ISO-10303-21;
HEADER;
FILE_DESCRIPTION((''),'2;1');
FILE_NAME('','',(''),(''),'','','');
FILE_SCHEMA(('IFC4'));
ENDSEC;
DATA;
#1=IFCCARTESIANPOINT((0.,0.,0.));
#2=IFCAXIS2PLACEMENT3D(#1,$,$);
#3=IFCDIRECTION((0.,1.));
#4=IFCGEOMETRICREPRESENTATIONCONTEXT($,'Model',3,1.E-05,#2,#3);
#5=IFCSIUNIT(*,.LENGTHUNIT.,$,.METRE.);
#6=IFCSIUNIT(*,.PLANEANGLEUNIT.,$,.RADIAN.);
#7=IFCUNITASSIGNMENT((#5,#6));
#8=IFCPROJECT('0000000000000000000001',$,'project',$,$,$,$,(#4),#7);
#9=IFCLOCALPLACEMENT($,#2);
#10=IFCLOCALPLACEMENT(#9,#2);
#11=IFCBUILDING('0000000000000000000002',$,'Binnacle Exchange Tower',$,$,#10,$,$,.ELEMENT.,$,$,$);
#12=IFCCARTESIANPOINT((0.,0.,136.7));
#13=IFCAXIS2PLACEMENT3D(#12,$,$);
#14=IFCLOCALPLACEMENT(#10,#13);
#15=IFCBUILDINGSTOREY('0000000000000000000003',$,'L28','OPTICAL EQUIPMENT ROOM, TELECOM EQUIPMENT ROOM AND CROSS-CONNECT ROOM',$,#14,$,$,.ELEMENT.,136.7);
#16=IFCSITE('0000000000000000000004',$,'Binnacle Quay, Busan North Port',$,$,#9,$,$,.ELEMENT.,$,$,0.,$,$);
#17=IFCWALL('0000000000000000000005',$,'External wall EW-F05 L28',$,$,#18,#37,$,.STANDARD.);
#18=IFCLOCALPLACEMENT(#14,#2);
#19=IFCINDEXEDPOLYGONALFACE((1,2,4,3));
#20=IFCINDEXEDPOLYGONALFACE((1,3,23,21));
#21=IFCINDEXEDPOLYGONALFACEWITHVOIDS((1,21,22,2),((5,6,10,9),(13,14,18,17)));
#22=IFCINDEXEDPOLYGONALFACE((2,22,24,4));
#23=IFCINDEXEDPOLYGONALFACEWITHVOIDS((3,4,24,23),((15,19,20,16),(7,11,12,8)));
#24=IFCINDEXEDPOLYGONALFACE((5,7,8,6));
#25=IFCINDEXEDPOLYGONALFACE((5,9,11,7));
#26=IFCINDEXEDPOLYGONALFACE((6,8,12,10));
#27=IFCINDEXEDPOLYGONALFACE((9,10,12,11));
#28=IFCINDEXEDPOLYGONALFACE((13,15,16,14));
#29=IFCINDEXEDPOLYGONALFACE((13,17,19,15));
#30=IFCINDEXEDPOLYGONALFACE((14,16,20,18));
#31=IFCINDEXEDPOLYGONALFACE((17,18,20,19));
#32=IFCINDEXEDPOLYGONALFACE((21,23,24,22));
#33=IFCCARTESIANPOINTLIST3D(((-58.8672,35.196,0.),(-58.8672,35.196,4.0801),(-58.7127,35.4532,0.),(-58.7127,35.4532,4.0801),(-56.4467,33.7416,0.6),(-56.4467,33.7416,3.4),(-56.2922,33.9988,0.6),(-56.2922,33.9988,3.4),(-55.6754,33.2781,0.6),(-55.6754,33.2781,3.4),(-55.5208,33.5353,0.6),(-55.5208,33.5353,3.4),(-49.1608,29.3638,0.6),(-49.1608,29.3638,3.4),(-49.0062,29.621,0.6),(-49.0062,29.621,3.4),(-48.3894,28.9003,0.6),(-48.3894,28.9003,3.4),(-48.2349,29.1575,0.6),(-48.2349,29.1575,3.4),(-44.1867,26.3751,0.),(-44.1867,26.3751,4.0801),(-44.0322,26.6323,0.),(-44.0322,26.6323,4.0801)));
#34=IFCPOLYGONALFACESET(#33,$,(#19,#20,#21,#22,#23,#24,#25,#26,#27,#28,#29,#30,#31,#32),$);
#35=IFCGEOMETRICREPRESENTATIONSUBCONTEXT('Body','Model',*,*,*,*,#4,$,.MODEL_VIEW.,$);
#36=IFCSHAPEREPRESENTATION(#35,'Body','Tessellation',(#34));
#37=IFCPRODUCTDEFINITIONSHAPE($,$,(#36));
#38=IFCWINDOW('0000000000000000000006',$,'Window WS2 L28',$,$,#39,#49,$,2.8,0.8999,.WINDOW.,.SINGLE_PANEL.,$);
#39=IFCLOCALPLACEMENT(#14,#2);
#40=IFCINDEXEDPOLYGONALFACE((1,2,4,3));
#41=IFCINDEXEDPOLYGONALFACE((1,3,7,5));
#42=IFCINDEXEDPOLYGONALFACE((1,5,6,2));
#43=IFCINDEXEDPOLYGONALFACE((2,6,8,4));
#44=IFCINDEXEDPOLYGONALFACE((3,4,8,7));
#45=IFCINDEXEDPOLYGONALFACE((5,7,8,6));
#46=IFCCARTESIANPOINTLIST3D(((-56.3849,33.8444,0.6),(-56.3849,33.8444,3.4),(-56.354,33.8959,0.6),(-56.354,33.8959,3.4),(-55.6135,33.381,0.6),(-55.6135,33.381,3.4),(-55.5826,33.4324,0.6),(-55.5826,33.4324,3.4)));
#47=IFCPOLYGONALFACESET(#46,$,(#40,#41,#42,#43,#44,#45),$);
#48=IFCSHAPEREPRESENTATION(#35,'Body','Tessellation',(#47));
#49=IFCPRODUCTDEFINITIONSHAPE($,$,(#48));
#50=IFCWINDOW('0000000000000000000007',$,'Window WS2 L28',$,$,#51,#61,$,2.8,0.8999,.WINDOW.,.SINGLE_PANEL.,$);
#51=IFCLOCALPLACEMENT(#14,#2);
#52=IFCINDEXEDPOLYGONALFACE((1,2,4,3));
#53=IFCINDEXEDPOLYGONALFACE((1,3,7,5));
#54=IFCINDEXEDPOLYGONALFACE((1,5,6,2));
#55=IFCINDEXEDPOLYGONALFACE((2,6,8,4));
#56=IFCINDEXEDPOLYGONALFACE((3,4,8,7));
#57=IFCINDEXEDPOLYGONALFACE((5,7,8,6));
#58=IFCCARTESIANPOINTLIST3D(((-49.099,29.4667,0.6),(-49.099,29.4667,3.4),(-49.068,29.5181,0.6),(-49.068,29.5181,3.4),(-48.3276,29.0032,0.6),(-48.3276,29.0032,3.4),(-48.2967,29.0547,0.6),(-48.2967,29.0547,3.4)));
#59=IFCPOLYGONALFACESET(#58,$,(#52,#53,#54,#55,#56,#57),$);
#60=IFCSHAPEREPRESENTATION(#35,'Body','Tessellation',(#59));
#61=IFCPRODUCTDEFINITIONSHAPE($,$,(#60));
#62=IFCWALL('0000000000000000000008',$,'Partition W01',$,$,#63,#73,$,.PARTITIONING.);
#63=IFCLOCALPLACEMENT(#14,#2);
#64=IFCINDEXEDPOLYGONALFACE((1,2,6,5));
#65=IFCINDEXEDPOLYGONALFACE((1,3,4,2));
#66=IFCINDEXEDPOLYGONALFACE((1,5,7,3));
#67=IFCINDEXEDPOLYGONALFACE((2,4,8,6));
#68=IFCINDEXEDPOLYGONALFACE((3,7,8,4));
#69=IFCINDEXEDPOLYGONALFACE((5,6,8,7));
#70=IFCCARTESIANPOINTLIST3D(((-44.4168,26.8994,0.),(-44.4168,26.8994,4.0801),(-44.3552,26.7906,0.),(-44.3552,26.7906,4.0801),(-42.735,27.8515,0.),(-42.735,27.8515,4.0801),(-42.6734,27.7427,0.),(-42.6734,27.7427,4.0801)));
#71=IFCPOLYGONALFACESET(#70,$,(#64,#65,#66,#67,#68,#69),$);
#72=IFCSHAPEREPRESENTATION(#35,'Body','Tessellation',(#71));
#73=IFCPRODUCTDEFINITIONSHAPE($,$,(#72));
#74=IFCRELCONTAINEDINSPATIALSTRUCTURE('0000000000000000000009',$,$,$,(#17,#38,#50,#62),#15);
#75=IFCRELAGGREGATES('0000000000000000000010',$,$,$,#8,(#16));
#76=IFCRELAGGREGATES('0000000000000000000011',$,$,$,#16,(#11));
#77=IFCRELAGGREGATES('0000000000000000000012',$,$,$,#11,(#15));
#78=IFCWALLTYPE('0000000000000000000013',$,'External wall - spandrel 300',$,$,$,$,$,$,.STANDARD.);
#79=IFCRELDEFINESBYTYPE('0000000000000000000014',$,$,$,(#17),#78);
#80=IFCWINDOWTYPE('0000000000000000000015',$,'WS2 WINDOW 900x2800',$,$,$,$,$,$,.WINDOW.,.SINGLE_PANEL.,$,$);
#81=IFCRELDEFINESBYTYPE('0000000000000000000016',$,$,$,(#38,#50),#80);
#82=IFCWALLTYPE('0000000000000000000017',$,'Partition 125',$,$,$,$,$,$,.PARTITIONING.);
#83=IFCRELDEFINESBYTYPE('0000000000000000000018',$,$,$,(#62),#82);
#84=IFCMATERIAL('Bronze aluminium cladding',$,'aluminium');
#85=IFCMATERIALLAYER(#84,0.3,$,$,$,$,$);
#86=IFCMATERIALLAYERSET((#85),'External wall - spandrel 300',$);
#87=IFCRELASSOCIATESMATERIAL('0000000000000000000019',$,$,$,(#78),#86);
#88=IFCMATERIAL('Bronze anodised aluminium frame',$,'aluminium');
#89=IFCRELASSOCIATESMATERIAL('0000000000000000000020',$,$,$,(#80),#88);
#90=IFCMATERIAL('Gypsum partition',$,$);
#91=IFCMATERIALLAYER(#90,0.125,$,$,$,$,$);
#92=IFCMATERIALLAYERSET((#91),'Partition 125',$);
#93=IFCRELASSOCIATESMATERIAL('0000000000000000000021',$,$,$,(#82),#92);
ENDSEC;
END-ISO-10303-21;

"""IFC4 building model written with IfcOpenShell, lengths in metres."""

from ifc_helpers import new_model, si_unit, direction, frame, frame_2d, origin, place, context, subcontext, project, spatial, rectangle, extrude, material, layer, layer_set, type_object, element, fill, save


model = new_model("IFC4")

# Units and contexts
model_context = context("Model", 3, precision=1e-05, world=origin(), true_north=direction((0.0, 1.0)))
body_context = subcontext(model_context, "Body", "Model", "MODEL_VIEW")
ifc_project = project(units=[si_unit("LENGTHUNIT", "METRE"), si_unit("PLANEANGLEUNIT", "RADIAN")], contexts=[model_context])

# Site, building, storey
site_placement = place(None, origin())
site = spatial("IfcSite", under=ifc_project, at=site_placement, Name="Binnacle Quay, Busan North Port", CompositionType="ELEMENT", RefElevation=0.0)
building_placement = place(site_placement, origin())
building = spatial("IfcBuilding", under=site, at=building_placement, Name="Binnacle Exchange Tower", CompositionType="ELEMENT")
storey_placement = place(building_placement, frame((0.0, 0.0, 136.7)))
storey = spatial("IfcBuildingStorey", under=building, at=storey_placement, Name="L28", Description="OPTICAL EQUIPMENT ROOM, TELECOM EQUIPMENT ROOM AND CROSS-CONNECT ROOM", CompositionType="ELEMENT", Elevation=136.7)

# Shared definitions
ifc_material_1 = material(Name="Bronze aluminium cladding", Category="aluminium")
ifc_layer_1 = layer(ifc_material_1, 0.3)
ifc_layer_set_1 = layer_set([ifc_layer_1], Name="External wall - spandrel 300")
wall_type_1 = type_object("IfcWallType", Name="External wall - spandrel 300", PredefinedType="STANDARD", material=ifc_layer_set_1)
ifc_material_2 = material(Name="Bronze anodised aluminium frame", Category="aluminium")
window_type = type_object("IfcWindowType", Name="WS2 WINDOW 900x2800", PartitioningType="SINGLE_PANEL", PredefinedType="WINDOW", material=ifc_material_2)

# Wall, openings, windows
wall_1_placement = place(storey_placement, frame((-44.1094, 26.5037, 0.0), z_axis=(0.0, 0.0, 1.0), x_axis=(-0.85717, 0.515034, 0.0)))
wall_1 = element("IfcWall", 1, at=wall_1_placement, inside=storey, type_object=wall_type_1, Name="External wall EW-F05 L28", PredefinedType="STANDARD", context=body_context, shape_type="SweptSolid", body=[
    extrude(rectangle(XDim=17.1267, YDim=0.3, at=frame_2d((8.5635, 0.0))), origin(), (0.0, 0.0, 1.0), 4.0801),
])
opening_1_placement = place(wall_1_placement, frame((13.4031, 0.0, 0.6001)))
opening_1 = element("IfcOpeningElement", 2, at=opening_1_placement, cuts=wall_1, PredefinedType="OPENING", context=body_context, shape_type="SweptSolid", body=[
    extrude(rectangle(XDim=0.8999, YDim=2.8, at=frame_2d((0.45, 1.3999))), frame((0.0, 0.1599, 0.0), z_axis=(0.0, -1.0, 0.0), x_axis=(1.0, 0.0, 0.0)), (0.0, 0.0, 1.0), 0.3201),
])
opening_2_placement = place(wall_1_placement, frame((4.9031, 0.0, 0.6001)))
opening_2 = element("IfcOpeningElement", 3, at=opening_2_placement, cuts=wall_1, PredefinedType="OPENING", context=body_context, shape_type="SweptSolid", body=[
    extrude(rectangle(XDim=0.8999, YDim=2.8, at=frame_2d((0.45, 1.3999))), frame((0.0, 0.1599, 0.0), z_axis=(0.0, -1.0, 0.0), x_axis=(1.0, 0.0, 0.0)), (0.0, 0.0, 1.0), 0.3201),
])
window_1_placement = place(opening_1_placement, origin())
window_1 = element("IfcWindow", 4, at=window_1_placement, inside=storey, type_object=window_type, Name="Window WS2 L28", OverallHeight=2.8, OverallWidth=0.8999, PartitioningType="SINGLE_PANEL", PredefinedType="WINDOW", context=body_context, shape_type="SweptSolid", body=[
    extrude(rectangle(XDim=0.8999, YDim=2.8, at=frame_2d((0.45, 1.3999))), frame((0.0, 0.03, 0.0), z_axis=(0.0, -1.0, 0.0), x_axis=(1.0, 0.0, 0.0)), (0.0, 0.0, 1.0), 0.0601),
])
fill(opening_1, window_1)
window_2_placement = place(opening_2_placement, origin())
window_2 = element("IfcWindow", 5, at=window_2_placement, inside=storey, type_object=window_type, Name="Window WS2 L28", OverallHeight=2.8, OverallWidth=0.8999, PartitioningType="SINGLE_PANEL", PredefinedType="WINDOW", context=body_context, shape_type="SweptSolid", body=[
    extrude(rectangle(XDim=0.8999, YDim=2.8, at=frame_2d((0.45, 1.3999))), frame((0.0, 0.03, 0.0), z_axis=(0.0, -1.0, 0.0), x_axis=(1.0, 0.0, 0.0)), (0.0, 0.0, 1.0), 0.0601),
])
fill(opening_2, window_2)

# Wall
ifc_material_3 = material(Name="Gypsum partition")
ifc_layer_2 = layer(ifc_material_3, 0.125)
ifc_layer_set_2 = layer_set([ifc_layer_2], Name="Partition 125")
wall_type_2 = type_object("IfcWallType", Name="Partition 125", PredefinedType="PARTITIONING", material=ifc_layer_set_2)
wall_2_placement = place(storey_placement, frame((-44.386, 26.845, 0.0), z_axis=(0.0, 0.0, 1.0), x_axis=(0.870226, 0.492652, 0.0)))
element("IfcWall", 6, at=wall_2_placement, inside=storey, type_object=wall_type_2, Name="Partition W01", PredefinedType="PARTITIONING", context=body_context, shape_type="SweptSolid", body=[
    extrude(rectangle(XDim=1.9326, YDim=0.125, at=frame_2d((0.9663, 0.0))), origin(), (0.0, 0.0, 1.0), 4.0801),
])

save(model, "model.ifc")
